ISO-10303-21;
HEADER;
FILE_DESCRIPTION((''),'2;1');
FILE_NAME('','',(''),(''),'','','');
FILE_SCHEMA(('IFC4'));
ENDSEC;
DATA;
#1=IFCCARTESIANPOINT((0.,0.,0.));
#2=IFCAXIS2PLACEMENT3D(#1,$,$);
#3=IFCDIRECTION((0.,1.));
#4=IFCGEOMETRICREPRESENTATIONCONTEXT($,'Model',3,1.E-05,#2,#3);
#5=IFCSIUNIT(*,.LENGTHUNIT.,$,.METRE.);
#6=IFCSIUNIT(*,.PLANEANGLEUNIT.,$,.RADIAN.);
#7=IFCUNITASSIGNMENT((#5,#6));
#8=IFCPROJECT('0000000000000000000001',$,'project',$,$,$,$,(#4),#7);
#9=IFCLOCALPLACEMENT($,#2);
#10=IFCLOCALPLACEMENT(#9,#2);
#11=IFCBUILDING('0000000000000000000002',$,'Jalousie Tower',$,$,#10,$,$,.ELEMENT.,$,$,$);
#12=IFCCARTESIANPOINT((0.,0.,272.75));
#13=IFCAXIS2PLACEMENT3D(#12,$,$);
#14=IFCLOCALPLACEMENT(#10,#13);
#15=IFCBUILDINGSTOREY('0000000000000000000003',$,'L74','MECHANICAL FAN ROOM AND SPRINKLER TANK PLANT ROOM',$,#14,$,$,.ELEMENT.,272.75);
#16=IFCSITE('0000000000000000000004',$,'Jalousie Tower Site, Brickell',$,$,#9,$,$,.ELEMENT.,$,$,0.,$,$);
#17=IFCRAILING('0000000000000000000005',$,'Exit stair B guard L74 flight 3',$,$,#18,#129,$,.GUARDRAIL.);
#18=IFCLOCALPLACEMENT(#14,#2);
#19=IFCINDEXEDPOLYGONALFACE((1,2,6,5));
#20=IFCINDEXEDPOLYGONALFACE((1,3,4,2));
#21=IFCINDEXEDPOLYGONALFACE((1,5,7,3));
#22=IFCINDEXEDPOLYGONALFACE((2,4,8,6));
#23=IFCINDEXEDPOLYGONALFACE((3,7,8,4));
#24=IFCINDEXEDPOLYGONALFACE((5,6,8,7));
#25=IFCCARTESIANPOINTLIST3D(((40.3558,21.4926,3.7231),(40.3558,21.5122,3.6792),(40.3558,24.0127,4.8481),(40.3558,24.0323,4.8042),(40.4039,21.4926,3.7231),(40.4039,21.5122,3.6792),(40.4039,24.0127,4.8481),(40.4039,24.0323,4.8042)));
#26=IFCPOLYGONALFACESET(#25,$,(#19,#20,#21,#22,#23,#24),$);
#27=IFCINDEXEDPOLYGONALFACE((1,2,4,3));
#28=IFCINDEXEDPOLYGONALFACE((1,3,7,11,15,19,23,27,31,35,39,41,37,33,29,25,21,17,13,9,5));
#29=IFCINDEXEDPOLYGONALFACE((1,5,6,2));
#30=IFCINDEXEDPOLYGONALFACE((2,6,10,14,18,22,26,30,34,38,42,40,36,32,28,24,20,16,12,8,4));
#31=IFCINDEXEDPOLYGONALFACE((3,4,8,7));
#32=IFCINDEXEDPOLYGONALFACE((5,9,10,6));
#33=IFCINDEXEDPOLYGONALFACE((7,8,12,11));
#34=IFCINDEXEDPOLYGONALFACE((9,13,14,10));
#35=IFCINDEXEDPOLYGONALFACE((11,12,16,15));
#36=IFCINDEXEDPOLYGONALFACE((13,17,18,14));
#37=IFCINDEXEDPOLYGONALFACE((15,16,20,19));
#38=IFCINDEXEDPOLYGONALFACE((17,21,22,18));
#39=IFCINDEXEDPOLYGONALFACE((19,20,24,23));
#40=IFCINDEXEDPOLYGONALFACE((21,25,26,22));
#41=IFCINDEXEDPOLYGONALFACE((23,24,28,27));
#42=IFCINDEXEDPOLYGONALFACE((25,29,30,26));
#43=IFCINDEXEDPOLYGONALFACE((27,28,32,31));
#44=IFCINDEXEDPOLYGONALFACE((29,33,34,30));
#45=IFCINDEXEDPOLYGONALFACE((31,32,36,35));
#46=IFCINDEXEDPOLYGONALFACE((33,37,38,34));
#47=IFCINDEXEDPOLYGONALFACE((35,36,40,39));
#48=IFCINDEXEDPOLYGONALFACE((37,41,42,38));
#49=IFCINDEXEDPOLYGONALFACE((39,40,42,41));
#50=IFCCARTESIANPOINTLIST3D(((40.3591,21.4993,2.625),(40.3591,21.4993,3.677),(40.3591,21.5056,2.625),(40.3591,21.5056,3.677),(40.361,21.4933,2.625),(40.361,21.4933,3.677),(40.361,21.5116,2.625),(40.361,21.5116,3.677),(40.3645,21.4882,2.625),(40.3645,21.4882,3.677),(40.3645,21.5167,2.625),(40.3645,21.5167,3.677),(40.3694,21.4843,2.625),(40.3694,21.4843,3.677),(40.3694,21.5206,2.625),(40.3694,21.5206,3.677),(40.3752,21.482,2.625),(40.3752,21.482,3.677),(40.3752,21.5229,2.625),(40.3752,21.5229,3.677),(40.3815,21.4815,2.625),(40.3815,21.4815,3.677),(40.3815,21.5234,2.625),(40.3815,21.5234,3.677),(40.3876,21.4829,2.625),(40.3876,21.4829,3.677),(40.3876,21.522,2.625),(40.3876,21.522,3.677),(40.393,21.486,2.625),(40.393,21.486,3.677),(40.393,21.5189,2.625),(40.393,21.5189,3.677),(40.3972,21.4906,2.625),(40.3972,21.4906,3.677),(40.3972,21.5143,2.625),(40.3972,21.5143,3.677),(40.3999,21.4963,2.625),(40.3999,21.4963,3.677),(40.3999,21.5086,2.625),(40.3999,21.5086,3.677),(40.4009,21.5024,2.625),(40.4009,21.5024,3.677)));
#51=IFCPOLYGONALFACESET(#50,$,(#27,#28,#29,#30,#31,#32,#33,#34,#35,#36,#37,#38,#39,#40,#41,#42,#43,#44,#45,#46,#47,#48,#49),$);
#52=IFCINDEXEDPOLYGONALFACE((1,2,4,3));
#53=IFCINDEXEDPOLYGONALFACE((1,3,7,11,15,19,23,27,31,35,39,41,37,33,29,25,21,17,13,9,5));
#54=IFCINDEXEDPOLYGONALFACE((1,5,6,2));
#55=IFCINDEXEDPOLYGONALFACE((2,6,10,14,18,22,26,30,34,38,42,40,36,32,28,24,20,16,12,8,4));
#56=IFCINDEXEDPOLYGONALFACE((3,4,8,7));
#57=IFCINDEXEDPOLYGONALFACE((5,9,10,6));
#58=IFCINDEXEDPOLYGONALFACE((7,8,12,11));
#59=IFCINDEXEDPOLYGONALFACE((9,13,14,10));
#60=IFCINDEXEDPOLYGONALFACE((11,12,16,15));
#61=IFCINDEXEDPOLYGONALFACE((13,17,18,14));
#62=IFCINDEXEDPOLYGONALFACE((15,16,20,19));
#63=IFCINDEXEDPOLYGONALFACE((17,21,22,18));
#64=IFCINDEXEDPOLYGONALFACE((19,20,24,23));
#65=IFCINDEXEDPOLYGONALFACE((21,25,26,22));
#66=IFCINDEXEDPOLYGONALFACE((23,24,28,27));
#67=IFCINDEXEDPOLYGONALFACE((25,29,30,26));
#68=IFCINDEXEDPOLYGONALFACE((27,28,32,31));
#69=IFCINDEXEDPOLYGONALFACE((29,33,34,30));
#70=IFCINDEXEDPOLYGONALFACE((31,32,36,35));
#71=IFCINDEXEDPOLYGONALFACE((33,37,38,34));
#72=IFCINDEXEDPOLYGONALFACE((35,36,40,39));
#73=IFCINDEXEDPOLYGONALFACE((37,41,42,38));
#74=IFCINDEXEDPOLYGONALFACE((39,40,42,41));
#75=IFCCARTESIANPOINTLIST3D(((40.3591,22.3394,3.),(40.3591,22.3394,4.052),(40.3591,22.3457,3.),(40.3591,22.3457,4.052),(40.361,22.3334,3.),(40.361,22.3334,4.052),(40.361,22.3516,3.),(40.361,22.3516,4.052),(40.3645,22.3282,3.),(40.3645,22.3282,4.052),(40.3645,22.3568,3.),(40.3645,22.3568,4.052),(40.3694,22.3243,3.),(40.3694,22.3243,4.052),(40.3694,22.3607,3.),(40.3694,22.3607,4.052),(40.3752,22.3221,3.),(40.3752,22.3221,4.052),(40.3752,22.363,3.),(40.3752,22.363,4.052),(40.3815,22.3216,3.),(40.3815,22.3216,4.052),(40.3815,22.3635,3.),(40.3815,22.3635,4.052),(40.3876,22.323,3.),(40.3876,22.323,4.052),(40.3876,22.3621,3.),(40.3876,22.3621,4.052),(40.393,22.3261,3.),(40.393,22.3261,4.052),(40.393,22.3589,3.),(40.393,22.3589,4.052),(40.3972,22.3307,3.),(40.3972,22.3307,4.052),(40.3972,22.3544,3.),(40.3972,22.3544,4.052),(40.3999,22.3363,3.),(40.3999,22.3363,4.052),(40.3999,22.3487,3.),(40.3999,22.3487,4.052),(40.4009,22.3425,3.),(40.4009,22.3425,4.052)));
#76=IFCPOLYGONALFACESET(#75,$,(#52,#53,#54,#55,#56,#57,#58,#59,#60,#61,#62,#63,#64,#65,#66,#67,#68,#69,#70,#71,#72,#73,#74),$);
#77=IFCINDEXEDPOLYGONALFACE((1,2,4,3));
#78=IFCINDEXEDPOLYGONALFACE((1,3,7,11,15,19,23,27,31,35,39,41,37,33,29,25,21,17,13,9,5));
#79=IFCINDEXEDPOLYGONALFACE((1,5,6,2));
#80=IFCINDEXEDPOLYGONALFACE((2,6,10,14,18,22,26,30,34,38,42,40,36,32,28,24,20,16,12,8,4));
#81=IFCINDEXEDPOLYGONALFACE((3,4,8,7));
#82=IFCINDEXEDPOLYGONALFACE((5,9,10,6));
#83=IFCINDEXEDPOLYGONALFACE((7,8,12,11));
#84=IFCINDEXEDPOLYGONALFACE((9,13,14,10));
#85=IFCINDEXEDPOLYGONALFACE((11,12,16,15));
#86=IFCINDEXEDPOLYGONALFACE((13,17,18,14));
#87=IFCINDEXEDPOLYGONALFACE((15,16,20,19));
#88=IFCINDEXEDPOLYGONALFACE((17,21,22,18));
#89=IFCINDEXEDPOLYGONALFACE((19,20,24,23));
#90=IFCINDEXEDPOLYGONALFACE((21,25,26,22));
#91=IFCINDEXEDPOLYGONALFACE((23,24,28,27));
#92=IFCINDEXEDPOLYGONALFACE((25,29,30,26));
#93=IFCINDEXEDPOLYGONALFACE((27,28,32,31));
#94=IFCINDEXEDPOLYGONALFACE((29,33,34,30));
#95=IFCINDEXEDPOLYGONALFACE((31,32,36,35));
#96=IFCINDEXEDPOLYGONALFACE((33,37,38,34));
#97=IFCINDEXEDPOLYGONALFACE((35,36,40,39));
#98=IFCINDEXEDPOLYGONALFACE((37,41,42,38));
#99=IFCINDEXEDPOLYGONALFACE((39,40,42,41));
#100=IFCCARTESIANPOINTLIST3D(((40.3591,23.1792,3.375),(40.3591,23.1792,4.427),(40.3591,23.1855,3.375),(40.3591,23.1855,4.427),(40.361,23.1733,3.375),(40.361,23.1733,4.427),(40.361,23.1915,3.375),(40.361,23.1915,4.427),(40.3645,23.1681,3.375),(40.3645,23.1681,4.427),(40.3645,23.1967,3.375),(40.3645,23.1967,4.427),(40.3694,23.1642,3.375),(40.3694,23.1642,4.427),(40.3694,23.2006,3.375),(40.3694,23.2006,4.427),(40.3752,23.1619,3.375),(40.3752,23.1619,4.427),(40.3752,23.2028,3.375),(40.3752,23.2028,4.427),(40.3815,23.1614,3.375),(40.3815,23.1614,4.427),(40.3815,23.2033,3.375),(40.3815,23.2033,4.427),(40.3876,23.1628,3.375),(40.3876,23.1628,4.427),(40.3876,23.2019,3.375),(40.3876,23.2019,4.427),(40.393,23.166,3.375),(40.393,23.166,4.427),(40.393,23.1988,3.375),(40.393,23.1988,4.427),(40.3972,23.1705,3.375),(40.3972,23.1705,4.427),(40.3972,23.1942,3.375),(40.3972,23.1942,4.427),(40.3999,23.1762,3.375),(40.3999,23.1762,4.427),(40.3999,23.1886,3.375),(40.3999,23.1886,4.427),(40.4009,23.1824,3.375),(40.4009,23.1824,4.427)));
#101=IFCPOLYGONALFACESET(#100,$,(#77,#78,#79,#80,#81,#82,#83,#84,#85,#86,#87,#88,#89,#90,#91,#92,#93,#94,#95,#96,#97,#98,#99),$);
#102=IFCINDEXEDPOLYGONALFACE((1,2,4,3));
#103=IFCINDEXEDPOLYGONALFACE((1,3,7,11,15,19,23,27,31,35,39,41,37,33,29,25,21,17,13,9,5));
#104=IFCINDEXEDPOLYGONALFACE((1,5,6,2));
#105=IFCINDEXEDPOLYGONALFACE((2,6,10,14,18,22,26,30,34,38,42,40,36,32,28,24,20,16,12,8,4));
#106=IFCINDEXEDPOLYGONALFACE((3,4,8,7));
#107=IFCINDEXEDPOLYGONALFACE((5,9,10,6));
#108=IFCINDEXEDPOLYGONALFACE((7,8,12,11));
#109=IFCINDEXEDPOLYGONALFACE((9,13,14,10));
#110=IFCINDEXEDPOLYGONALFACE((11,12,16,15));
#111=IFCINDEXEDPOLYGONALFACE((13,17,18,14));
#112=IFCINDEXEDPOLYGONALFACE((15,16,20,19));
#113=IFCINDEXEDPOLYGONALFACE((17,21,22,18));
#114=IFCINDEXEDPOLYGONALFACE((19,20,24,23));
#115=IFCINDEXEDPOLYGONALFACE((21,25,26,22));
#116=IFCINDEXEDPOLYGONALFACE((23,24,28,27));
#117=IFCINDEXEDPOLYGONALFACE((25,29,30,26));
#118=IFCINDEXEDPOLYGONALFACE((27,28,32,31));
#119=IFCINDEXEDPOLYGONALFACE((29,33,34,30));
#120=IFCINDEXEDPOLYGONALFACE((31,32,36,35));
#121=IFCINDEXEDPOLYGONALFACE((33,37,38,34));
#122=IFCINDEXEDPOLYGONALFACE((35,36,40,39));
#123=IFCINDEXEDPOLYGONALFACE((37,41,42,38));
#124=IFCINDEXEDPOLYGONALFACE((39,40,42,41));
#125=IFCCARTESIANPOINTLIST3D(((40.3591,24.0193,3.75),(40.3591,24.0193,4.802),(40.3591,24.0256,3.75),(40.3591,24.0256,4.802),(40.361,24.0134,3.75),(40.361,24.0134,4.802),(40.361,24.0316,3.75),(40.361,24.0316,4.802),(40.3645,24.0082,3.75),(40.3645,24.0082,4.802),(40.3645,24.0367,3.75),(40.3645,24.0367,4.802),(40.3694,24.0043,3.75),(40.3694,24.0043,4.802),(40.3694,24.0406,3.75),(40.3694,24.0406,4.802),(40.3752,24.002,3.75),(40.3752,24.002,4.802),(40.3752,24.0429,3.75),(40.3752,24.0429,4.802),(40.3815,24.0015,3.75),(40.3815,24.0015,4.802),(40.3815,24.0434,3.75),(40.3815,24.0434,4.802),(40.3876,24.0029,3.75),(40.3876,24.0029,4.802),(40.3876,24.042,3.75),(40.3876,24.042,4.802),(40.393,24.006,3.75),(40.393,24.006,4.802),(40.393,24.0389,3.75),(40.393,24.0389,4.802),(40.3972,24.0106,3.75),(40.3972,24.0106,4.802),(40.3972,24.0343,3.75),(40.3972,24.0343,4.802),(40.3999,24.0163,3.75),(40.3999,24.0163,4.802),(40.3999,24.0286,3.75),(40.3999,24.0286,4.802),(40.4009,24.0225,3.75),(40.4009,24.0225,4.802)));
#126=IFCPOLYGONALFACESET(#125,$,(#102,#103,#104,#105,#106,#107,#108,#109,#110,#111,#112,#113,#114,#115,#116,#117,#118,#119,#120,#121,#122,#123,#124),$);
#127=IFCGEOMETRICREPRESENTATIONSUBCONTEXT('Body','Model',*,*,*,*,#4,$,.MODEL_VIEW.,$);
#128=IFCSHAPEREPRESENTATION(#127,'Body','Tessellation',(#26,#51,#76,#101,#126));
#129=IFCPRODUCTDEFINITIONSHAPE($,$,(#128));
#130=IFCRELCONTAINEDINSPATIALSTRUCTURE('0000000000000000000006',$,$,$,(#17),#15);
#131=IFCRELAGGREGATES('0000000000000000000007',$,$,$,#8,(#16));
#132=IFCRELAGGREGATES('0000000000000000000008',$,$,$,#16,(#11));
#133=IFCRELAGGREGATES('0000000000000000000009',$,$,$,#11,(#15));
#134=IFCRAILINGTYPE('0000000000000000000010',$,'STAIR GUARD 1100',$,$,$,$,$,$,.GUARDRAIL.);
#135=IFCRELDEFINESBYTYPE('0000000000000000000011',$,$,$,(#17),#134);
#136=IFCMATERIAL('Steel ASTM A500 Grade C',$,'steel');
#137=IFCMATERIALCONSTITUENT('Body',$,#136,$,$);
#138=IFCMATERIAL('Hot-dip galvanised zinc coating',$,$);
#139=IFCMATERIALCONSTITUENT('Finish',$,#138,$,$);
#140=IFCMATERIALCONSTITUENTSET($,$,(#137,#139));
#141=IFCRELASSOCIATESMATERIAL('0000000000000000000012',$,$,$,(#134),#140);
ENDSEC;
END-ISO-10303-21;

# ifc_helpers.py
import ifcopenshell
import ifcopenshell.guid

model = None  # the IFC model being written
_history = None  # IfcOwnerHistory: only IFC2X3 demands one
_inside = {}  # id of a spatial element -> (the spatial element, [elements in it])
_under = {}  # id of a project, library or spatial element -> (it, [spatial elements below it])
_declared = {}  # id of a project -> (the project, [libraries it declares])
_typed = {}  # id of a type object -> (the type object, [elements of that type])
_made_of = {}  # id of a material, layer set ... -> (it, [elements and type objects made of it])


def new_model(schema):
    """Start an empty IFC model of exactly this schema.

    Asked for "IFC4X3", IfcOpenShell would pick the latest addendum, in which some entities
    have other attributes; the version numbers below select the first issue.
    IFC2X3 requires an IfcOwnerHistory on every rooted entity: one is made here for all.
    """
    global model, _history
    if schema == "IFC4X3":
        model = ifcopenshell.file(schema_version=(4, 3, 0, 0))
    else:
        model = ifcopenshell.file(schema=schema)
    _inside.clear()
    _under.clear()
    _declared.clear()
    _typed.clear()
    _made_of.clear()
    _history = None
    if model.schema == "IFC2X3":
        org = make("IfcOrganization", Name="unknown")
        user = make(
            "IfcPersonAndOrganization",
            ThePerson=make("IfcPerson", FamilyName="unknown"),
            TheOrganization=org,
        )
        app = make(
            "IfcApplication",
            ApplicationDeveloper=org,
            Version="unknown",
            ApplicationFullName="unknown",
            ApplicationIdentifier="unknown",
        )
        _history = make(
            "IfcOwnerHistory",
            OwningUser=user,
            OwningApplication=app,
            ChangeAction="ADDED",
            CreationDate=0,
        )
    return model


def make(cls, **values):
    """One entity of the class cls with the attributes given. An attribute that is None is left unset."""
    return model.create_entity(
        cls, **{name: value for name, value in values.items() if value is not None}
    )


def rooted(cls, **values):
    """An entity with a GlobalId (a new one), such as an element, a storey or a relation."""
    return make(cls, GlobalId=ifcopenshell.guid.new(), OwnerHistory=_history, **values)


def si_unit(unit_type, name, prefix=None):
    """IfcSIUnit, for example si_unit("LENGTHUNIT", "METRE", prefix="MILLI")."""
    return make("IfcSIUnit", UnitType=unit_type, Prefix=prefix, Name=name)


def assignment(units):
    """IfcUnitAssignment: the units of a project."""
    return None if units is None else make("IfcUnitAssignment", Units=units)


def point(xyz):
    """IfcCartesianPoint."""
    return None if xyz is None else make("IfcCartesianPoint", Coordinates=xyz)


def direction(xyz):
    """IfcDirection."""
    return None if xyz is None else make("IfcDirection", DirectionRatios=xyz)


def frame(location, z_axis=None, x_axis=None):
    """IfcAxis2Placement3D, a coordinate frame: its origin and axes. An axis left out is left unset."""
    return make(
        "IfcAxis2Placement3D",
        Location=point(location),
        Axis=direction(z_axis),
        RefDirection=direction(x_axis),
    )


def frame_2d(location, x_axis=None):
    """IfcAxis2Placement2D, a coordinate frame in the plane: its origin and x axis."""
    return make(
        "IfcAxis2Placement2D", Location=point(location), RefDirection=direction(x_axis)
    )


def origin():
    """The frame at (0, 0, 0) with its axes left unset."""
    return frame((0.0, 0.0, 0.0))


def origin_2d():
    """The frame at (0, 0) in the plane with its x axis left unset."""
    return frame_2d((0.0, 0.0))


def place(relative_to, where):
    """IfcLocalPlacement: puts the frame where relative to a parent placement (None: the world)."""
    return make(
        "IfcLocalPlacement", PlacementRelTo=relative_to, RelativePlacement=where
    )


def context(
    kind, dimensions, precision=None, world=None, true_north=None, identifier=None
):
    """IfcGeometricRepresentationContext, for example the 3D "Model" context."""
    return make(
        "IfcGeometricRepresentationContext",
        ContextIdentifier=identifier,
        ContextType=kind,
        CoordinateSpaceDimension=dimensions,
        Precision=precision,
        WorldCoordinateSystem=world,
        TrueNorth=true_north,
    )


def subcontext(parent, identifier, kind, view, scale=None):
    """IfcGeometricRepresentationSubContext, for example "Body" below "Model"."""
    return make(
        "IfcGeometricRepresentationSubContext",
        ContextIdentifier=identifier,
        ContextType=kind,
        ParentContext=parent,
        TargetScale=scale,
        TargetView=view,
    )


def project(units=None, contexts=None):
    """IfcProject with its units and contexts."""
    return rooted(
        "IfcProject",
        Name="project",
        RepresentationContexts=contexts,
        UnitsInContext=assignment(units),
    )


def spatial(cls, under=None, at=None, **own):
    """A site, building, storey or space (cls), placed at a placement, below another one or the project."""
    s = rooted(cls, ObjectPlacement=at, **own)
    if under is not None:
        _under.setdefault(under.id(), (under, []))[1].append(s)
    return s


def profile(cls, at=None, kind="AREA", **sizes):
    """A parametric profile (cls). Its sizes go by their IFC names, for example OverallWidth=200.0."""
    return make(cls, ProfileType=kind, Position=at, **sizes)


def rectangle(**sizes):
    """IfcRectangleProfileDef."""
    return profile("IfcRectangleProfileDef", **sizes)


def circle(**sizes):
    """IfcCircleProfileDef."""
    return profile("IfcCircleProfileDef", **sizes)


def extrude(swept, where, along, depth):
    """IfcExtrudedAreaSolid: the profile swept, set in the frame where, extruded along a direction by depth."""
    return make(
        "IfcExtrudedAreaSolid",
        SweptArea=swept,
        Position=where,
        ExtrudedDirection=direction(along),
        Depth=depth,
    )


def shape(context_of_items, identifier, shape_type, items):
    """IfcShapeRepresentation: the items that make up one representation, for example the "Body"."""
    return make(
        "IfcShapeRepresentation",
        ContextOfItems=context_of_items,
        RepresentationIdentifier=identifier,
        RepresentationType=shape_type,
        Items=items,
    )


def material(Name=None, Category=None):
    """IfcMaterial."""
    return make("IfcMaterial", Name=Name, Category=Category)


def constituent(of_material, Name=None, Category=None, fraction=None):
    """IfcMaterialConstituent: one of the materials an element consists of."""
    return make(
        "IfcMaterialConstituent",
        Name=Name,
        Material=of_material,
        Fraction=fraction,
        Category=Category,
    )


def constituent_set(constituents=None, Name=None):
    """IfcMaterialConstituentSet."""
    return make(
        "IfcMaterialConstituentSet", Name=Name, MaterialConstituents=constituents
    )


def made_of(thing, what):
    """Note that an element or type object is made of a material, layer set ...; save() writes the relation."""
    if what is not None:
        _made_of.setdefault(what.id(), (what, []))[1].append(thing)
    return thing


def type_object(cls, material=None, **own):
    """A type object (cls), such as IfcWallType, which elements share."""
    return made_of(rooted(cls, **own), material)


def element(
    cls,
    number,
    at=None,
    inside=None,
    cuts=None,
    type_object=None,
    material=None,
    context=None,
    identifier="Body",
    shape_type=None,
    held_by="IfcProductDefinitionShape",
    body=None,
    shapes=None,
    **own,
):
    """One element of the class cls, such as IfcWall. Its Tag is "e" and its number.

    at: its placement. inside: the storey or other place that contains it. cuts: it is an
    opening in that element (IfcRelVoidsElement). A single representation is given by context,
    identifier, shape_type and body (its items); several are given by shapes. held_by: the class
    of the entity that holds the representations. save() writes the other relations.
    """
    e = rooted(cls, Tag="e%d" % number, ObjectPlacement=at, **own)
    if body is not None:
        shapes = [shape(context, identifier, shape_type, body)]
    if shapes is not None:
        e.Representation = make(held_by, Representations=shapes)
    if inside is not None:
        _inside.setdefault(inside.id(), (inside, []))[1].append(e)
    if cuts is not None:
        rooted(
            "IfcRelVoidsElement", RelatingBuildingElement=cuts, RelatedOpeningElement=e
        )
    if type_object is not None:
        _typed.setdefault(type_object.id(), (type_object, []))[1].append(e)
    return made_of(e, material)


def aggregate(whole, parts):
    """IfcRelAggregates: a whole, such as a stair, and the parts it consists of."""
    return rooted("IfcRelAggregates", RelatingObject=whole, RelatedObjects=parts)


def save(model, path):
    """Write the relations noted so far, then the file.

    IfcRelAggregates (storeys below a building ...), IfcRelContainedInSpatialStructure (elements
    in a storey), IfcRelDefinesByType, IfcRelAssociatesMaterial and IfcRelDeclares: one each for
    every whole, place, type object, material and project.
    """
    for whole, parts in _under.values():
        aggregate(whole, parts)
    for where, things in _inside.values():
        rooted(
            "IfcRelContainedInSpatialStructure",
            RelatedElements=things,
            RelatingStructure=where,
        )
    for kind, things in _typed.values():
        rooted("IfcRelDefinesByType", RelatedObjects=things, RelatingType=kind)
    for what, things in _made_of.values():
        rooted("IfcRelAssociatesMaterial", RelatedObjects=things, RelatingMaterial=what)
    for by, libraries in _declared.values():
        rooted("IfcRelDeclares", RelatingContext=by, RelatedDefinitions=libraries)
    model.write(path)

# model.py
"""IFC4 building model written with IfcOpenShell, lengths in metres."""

from ifc_helpers import new_model, si_unit, direction, frame, origin, origin_2d, place, context, subcontext, project, spatial, rectangle, circle, extrude, material, constituent, constituent_set, type_object, element, save


model = new_model("IFC4")

# Units and contexts
model_context = context("Model", 3, precision=1e-05, world=origin(), true_north=direction((0.0, 1.0)))
body_context = subcontext(model_context, "Body", "Model", "MODEL_VIEW")
ifc_project = project(units=[si_unit("LENGTHUNIT", "METRE"), si_unit("PLANEANGLEUNIT", "RADIAN")], contexts=[model_context])

# Site, building, storey
site_placement = place(None, origin())
site = spatial("IfcSite", under=ifc_project, at=site_placement, Name="Jalousie Tower Site, Brickell", CompositionType="ELEMENT", RefElevation=0.0)
building_placement = place(site_placement, origin())
building = spatial("IfcBuilding", under=site, at=building_placement, Name="Jalousie Tower", CompositionType="ELEMENT")
storey_placement = place(building_placement, frame((0.0, 0.0, 272.75)))
storey = spatial("IfcBuildingStorey", under=building, at=storey_placement, Name="L74", Description="MECHANICAL FAN ROOM AND SPRINKLER TANK PLANT ROOM", CompositionType="ELEMENT", Elevation=272.75)

# Railing
ifc_material_1 = material(Name="Steel ASTM A500 Grade C", Category="steel")
ifc_constituent_1 = constituent(ifc_material_1, Name="Body")
ifc_material_2 = material(Name="Hot-dip galvanised zinc coating")
ifc_constituent_2 = constituent(ifc_material_2, Name="Finish")
ifc_constituent_set_1 = constituent_set(constituents=[ifc_constituent_1, ifc_constituent_2])
railing_type_1 = type_object("IfcRailingType", Name="STAIR GUARD 1100", PredefinedType="GUARDRAIL", material=ifc_constituent_set_1)
railing_1_placement = place(storey_placement, frame((40.3799, 21.5024, 2.625)))
element("IfcRailing", 1, at=railing_1_placement, inside=storey, type_object=railing_type_1, Name="Exit stair B guard L74 flight 3", PredefinedType="GUARDRAIL", context=body_context, shape_type="SweptSolid", body=[
    extrude(rectangle(XDim=0.0481, YDim=0.0481, at=origin_2d()), frame((0.0, 0.0, 1.0762), z_axis=(0.0, 0.913139, 0.407648), x_axis=(-1.0, 0.0, 0.0)), (0.0, 0.0, 1.0), 2.7598),
    extrude(circle(Radius=0.021, at=origin_2d()), origin(), (0.0, 0.0, 1.0), 1.052),
    extrude(circle(Radius=0.021, at=origin_2d()), frame((0.0, 0.8401, 0.375)), (0.0, 0.0, 1.0), 1.052),
    extrude(circle(Radius=0.021, at=origin_2d()), frame((0.0, 1.6799, 0.75)), (0.0, 0.0, 1.0), 1.052),
    extrude(circle(Radius=0.021, at=origin_2d()), frame((0.0, 2.52, 1.125)), (0.0, 0.0, 1.0), 1.052),
])

save(model, "model.ifc")
